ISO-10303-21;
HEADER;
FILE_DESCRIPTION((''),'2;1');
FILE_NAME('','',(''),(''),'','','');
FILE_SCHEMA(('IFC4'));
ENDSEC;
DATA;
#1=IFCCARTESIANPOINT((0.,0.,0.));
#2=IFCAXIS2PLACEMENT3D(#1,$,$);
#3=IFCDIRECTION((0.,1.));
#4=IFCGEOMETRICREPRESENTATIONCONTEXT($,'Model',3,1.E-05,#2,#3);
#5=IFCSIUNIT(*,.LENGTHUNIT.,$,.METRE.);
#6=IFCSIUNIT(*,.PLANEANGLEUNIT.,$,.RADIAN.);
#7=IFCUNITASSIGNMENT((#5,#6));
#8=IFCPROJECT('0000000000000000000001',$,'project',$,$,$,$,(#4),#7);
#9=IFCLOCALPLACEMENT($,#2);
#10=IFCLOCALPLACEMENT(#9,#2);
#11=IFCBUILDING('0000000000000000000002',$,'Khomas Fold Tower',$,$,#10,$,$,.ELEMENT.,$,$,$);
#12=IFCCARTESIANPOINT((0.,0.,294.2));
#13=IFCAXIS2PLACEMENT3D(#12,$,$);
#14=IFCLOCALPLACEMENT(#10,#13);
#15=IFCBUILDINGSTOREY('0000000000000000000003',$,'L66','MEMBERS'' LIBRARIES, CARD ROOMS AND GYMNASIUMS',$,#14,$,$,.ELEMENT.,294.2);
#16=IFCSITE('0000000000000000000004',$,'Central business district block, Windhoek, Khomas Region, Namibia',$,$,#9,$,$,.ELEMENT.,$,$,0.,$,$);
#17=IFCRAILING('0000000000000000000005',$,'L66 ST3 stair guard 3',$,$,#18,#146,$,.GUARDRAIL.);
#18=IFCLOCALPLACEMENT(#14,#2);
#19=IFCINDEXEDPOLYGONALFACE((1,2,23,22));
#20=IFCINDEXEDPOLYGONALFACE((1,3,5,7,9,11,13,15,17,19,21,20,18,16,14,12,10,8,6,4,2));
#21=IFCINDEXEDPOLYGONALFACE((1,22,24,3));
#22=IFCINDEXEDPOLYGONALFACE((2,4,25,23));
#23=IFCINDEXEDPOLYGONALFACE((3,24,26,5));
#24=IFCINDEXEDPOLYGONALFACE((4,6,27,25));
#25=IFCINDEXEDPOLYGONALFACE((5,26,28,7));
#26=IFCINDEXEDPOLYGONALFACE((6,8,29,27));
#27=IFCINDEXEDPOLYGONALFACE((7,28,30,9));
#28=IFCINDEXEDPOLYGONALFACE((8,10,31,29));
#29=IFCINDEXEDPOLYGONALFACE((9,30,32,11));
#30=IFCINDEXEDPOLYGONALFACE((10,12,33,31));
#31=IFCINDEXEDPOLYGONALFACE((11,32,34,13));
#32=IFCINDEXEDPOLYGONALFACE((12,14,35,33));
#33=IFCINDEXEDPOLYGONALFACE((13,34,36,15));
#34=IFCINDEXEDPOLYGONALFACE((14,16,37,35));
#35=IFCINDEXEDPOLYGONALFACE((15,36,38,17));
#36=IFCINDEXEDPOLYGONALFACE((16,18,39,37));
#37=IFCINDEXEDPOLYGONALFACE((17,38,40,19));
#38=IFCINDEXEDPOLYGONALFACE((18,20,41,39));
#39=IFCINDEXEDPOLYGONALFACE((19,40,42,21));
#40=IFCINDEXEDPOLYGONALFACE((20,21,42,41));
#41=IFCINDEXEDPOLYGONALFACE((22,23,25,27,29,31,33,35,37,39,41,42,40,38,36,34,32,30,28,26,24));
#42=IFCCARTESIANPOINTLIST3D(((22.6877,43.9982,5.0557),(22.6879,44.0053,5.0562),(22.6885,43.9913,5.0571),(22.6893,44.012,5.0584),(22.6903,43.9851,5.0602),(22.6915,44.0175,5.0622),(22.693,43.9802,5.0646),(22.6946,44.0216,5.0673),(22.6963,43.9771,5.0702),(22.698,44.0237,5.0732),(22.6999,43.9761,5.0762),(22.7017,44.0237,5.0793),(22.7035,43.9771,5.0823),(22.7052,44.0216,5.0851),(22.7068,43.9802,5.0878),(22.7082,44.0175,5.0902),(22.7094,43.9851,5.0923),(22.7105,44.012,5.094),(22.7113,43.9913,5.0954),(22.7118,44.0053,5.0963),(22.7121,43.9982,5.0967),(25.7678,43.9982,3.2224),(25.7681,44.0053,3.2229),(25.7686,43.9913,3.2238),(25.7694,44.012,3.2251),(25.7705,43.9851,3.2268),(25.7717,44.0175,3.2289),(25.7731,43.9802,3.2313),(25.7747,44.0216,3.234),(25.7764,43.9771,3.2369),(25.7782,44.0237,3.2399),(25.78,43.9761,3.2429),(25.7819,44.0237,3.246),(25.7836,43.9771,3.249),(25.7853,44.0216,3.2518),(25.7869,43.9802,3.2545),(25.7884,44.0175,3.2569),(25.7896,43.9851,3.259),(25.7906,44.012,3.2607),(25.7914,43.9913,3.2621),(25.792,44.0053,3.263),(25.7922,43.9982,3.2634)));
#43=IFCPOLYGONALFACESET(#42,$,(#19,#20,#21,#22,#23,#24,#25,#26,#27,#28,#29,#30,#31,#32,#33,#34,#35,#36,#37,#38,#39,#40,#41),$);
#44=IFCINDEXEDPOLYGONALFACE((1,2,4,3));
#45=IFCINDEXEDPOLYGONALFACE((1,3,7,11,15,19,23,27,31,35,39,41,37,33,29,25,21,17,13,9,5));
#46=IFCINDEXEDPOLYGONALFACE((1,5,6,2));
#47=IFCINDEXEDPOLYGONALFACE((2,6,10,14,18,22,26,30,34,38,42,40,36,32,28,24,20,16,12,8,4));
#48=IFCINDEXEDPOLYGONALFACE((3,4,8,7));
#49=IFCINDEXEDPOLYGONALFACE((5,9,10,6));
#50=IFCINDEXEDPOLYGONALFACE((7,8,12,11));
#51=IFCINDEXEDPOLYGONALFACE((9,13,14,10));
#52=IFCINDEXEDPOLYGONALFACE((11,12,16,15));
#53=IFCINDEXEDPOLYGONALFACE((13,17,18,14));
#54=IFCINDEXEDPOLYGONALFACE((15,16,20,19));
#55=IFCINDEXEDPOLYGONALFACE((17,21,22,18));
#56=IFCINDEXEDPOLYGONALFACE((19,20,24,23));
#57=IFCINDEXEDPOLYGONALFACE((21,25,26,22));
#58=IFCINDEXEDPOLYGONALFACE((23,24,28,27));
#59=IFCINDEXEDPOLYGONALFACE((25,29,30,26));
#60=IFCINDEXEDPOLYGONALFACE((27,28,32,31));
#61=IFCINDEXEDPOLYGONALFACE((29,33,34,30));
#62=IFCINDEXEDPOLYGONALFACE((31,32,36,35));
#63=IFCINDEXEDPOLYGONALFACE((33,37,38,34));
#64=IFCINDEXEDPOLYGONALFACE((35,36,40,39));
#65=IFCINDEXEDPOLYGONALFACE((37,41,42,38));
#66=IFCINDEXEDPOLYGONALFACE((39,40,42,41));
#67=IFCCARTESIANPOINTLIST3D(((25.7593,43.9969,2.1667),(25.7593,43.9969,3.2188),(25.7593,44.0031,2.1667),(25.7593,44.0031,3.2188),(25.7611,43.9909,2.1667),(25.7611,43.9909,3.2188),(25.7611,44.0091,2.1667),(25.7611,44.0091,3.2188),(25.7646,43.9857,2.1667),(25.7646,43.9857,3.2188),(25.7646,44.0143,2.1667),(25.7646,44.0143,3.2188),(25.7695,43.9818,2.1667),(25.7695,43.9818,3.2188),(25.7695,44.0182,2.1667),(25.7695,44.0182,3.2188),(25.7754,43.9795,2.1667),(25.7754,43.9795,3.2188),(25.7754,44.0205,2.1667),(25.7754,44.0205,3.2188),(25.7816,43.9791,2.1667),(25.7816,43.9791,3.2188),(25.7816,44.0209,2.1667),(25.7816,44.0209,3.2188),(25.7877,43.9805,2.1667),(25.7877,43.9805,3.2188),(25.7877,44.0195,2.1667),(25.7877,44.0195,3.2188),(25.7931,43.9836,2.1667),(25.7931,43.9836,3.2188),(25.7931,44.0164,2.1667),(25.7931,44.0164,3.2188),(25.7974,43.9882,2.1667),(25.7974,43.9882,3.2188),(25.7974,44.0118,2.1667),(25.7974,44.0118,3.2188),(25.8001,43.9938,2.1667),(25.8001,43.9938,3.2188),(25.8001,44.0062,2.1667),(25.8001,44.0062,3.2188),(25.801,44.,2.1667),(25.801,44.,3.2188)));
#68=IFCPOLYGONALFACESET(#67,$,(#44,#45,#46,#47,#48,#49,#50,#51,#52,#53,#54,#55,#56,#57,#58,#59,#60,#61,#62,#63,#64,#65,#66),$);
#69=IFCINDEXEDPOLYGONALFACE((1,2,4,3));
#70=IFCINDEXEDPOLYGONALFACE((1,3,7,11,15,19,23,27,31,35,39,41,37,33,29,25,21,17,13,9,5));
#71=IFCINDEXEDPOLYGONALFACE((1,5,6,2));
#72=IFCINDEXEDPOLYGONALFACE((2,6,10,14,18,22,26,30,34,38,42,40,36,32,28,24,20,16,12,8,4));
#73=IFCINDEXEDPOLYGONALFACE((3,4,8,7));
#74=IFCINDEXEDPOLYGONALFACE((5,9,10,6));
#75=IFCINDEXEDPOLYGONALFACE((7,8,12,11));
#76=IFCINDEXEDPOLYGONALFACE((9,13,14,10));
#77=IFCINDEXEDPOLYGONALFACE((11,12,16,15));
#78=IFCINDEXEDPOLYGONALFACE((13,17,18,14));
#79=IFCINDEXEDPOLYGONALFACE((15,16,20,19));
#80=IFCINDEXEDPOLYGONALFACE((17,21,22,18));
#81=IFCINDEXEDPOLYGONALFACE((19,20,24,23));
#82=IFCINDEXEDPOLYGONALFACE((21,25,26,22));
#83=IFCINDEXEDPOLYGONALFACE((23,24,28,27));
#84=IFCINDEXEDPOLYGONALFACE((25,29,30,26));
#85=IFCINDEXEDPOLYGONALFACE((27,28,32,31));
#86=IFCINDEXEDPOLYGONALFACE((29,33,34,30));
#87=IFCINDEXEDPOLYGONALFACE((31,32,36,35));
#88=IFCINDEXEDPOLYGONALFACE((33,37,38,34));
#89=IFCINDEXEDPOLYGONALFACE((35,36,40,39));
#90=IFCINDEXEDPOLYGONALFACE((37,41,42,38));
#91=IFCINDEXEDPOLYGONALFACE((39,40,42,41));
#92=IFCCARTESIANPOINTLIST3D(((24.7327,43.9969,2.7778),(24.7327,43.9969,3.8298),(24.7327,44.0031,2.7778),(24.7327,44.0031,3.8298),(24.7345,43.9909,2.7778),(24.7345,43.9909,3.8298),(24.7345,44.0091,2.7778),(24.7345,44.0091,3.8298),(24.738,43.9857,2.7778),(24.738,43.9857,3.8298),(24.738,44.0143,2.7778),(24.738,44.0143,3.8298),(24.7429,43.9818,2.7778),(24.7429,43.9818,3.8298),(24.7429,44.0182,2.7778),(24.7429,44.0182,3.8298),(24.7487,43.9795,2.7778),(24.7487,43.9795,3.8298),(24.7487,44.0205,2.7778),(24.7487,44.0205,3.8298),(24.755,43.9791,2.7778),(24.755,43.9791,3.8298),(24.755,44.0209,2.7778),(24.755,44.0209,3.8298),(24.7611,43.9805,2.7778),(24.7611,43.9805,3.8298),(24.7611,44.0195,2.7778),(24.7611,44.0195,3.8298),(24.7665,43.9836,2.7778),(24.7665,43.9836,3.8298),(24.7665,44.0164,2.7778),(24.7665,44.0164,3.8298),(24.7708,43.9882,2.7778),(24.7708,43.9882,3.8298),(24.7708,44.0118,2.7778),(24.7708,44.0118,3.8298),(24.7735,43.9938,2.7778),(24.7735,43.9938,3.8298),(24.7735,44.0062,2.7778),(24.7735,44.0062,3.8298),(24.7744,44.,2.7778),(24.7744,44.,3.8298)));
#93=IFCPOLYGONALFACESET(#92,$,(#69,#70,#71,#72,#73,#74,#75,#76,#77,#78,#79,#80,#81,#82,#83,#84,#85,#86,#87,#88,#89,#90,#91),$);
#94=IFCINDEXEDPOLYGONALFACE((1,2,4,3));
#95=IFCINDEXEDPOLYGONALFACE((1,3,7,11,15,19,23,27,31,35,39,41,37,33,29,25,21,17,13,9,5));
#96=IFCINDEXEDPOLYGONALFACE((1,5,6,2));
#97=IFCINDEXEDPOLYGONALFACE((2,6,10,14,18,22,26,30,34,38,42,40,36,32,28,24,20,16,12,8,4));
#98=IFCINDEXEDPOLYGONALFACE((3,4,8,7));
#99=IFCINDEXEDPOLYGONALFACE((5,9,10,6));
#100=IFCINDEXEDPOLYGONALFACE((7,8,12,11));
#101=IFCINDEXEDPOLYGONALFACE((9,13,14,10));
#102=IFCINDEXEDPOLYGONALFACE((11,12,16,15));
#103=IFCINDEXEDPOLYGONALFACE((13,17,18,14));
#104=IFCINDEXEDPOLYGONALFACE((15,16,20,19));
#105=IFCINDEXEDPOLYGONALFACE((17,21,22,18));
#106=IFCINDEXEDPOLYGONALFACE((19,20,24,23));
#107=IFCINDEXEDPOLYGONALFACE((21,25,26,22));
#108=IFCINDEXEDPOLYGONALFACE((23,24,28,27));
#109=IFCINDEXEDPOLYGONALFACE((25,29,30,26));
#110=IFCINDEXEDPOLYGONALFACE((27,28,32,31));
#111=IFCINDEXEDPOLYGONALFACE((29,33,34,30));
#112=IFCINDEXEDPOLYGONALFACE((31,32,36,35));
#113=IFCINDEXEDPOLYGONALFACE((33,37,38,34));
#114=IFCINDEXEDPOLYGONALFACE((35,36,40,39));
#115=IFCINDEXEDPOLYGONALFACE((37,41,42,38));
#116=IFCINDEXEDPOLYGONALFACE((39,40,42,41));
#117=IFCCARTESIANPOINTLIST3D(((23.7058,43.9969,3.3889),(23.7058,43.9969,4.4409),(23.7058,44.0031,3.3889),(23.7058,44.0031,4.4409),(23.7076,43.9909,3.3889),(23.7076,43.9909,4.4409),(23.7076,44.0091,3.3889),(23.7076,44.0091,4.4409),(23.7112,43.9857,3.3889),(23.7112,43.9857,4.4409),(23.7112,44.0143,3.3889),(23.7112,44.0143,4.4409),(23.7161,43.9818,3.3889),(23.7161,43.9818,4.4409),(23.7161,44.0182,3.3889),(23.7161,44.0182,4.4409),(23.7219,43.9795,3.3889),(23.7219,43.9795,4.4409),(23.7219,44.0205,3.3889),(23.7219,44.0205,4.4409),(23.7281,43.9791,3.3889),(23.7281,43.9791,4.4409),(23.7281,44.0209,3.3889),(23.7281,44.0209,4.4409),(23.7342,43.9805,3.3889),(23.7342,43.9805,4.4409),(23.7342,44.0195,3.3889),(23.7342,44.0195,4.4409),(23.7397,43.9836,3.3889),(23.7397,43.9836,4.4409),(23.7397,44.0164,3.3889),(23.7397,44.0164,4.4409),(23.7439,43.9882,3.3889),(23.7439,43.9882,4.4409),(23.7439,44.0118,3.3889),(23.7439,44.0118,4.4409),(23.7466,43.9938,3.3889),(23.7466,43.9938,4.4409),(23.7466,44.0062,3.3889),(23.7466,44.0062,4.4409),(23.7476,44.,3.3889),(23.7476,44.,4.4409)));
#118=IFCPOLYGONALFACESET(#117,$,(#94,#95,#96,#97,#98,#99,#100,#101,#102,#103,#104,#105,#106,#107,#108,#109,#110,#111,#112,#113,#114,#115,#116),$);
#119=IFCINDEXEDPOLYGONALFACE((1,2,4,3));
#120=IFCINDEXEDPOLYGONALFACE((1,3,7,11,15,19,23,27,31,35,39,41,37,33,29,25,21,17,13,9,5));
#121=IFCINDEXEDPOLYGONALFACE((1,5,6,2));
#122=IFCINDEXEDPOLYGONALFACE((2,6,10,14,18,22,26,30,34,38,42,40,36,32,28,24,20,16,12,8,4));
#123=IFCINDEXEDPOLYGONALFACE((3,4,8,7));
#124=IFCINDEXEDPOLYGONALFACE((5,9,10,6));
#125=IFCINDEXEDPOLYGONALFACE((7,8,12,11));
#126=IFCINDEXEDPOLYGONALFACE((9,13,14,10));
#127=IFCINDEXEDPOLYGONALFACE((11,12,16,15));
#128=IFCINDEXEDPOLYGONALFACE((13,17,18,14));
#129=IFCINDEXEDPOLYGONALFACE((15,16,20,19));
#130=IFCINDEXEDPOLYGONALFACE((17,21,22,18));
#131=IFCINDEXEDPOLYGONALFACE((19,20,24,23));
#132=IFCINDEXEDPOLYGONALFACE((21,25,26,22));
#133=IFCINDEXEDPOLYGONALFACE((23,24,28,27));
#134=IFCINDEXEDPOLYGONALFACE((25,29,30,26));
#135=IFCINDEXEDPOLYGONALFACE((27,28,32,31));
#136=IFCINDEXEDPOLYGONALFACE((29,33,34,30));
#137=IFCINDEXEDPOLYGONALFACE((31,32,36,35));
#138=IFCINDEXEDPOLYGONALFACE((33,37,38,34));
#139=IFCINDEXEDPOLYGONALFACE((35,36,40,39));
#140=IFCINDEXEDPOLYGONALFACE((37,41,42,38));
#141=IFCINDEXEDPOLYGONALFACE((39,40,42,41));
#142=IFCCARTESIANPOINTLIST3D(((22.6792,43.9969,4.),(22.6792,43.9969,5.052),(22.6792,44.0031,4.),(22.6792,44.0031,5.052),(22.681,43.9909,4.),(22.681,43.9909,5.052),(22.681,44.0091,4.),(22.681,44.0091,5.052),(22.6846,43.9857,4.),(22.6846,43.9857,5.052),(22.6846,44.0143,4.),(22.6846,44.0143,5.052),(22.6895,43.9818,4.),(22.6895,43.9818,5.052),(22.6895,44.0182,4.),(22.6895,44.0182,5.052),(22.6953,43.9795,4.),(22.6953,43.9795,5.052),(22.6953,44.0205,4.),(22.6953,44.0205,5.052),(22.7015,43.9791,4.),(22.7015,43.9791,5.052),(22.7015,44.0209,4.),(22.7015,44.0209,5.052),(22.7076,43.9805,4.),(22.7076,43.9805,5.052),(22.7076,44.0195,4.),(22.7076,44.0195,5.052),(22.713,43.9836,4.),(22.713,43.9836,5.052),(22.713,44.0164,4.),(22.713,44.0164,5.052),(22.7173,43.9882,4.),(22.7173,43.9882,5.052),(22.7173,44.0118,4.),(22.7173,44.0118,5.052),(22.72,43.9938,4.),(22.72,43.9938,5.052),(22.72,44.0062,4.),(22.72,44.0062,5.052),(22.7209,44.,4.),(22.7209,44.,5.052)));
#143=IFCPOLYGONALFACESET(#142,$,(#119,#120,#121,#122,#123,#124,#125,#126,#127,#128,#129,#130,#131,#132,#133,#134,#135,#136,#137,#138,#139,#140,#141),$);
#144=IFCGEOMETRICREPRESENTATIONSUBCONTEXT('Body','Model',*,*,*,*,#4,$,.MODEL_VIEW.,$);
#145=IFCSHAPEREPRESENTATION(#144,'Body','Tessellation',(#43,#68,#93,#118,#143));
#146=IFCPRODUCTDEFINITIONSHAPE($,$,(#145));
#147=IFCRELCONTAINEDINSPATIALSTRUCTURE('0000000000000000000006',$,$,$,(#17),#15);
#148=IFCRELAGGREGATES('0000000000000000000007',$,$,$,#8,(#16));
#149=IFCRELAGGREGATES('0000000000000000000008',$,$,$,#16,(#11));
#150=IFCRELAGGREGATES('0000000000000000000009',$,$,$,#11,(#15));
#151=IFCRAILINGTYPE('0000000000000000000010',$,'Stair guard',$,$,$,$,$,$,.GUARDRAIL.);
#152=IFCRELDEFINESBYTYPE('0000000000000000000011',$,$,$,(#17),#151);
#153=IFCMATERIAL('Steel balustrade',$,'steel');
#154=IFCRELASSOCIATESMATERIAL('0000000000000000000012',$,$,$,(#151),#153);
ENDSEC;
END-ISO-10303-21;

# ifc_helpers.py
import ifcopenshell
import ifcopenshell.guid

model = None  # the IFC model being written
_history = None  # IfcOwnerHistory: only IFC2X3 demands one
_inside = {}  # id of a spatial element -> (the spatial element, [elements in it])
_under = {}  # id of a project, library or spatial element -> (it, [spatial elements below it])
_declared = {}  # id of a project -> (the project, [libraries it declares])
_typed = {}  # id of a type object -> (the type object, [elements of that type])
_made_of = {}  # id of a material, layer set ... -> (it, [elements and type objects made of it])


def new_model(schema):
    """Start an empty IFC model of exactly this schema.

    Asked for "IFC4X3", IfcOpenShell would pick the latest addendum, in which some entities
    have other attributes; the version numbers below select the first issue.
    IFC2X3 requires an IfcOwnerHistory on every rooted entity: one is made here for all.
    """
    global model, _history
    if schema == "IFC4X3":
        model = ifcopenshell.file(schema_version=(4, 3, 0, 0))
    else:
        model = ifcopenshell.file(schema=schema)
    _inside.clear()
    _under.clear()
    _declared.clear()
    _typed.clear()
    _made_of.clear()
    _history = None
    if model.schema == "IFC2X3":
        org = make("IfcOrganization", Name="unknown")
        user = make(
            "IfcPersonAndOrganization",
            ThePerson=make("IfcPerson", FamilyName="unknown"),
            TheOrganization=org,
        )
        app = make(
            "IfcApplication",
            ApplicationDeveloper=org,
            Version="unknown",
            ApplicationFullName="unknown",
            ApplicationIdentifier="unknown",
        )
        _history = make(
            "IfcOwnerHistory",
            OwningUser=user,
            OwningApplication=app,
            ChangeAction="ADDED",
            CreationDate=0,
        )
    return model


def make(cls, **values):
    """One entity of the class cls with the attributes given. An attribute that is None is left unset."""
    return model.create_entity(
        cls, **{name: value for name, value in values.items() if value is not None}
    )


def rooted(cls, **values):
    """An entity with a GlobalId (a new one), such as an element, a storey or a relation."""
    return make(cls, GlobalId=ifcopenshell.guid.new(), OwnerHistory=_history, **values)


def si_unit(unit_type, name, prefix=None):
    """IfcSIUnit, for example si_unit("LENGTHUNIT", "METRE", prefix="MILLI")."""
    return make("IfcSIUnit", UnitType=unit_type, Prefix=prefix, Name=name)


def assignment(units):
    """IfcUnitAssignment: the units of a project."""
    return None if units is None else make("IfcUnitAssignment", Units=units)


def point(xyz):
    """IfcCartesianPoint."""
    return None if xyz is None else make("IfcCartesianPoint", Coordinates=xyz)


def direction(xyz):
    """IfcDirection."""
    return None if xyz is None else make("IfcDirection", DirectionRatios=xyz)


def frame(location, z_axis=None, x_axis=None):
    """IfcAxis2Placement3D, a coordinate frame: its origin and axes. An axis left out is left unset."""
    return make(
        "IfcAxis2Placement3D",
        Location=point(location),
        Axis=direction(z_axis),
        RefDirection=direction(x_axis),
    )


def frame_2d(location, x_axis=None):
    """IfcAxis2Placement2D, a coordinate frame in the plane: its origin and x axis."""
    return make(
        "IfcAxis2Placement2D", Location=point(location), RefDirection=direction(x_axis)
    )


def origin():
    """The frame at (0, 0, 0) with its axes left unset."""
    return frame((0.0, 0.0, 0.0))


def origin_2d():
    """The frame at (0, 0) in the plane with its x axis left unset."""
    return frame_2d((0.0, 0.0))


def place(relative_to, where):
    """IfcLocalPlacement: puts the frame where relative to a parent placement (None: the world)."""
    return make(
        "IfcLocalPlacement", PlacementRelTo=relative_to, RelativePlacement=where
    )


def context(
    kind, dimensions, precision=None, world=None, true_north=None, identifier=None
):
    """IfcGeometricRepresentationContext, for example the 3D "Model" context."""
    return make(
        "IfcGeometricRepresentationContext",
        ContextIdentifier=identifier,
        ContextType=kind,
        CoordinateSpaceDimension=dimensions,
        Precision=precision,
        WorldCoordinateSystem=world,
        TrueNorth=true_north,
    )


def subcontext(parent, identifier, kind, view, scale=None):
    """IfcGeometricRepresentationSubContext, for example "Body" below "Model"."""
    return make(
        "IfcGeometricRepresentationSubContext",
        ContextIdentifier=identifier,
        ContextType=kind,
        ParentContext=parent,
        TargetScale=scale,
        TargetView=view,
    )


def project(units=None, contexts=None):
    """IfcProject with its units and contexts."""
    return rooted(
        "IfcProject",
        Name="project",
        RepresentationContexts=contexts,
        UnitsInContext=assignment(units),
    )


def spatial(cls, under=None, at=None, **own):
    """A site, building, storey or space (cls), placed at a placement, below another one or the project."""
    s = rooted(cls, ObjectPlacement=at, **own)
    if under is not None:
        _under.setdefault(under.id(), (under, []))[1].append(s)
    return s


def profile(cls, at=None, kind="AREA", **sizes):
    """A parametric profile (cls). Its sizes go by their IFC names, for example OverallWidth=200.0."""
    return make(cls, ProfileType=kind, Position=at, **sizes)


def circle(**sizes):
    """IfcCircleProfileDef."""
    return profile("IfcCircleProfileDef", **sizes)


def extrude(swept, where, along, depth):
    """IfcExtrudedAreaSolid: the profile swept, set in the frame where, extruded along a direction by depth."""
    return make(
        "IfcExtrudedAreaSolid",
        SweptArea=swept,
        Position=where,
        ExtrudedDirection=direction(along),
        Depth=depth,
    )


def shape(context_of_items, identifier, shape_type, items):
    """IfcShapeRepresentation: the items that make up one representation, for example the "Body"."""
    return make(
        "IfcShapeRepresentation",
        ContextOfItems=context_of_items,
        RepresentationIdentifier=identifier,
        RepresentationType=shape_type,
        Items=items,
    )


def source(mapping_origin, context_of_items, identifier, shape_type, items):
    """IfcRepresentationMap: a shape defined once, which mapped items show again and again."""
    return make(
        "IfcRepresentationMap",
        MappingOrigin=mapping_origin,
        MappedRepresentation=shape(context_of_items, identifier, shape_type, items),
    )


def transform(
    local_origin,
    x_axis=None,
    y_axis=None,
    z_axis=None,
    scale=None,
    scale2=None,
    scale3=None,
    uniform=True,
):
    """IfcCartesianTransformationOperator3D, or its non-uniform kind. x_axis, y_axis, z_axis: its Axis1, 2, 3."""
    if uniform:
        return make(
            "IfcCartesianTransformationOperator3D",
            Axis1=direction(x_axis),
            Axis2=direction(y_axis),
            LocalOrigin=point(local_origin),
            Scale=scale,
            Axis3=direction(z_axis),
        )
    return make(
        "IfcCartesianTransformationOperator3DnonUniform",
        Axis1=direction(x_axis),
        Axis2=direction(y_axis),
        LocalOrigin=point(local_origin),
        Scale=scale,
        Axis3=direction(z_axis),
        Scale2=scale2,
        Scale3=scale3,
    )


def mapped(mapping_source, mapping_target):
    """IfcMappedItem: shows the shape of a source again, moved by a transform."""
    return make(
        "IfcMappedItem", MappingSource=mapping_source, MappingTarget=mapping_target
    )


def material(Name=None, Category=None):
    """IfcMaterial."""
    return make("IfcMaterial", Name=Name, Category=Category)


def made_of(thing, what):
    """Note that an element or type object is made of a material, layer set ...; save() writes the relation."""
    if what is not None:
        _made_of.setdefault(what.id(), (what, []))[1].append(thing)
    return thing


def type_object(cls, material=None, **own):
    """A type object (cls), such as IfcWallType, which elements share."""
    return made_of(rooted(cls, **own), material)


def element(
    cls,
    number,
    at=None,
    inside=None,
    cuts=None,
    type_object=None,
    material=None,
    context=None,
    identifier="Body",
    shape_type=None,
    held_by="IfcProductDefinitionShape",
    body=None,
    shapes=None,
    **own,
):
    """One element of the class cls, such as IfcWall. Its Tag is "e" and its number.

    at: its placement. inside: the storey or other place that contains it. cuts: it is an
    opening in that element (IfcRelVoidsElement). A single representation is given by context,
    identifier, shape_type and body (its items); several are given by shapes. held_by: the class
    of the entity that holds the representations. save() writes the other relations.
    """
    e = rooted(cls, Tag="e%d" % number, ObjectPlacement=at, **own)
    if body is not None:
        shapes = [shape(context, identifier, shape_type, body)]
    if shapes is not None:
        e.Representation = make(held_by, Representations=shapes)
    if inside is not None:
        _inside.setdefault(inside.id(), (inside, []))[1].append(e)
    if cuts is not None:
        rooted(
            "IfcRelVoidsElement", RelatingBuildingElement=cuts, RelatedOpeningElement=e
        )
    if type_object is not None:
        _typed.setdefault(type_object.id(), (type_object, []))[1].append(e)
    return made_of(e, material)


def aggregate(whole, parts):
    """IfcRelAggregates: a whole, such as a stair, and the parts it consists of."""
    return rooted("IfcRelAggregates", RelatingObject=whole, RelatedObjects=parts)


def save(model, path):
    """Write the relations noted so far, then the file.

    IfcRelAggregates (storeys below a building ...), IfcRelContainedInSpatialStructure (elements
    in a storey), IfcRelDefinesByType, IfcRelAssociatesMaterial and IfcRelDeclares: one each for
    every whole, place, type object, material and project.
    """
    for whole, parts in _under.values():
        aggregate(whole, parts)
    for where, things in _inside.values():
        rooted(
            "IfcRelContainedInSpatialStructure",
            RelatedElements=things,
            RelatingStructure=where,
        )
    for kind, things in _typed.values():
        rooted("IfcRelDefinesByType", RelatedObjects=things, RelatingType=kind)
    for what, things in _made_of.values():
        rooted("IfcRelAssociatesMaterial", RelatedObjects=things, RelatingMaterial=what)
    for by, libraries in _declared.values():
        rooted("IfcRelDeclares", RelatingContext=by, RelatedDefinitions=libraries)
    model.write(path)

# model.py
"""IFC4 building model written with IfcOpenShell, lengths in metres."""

from ifc_helpers import new_model, si_unit, direction, frame, origin, origin_2d, place, context, subcontext, project, spatial, circle, extrude, source, transform, mapped, material, type_object, element, save


model = new_model("IFC4")

# Units and contexts
model_context = context("Model", 3, precision=1e-05, world=origin(), true_north=direction((0.0, 1.0)))
body_context = subcontext(model_context, "Body", "Model", "MODEL_VIEW")
ifc_project = project(units=[si_unit("LENGTHUNIT", "METRE"), si_unit("PLANEANGLEUNIT", "RADIAN")], contexts=[model_context])

# Site, building, storey
site_placement = place(None, origin())
site = spatial("IfcSite", under=ifc_project, at=site_placement, Name="Central business district block, Windhoek, Khomas Region, Namibia", CompositionType="ELEMENT", RefElevation=0.0)
building_placement = place(site_placement, origin())
building = spatial("IfcBuilding", under=site, at=building_placement, Name="Khomas Fold Tower", CompositionType="ELEMENT")
storey_placement = place(building_placement, frame((0.0, 0.0, 294.2)))
storey = spatial("IfcBuildingStorey", under=building, at=storey_placement, Name="L66", Description="MEMBERS' LIBRARIES, CARD ROOMS AND GYMNASIUMS", CompositionType="ELEMENT", Elevation=294.2)

# Railing
ifc_material_1 = material(Name="Steel balustrade", Category="steel")
railing_type_1 = type_object("IfcRailingType", Name="Stair guard", PredefinedType="GUARDRAIL", material=ifc_material_1)
shared_shape_1 = source(origin(), body_context, "Body", "SweptSolid", [
    extrude(circle(Radius=0.0239, at=origin_2d()), frame((0.0, 0.0, 1.0762), z_axis=(-0.859309, 0.0, 0.511458), x_axis=(0.0, -1.0, 0.0)), (0.0, 0.0, 1.0), 3.5845),
    extrude(circle(Radius=0.021, at=origin_2d()), origin(), (0.0, 0.0, 1.0), 1.052),
    extrude(circle(Radius=0.021, at=origin_2d()), frame((-1.0266, 0.0, 0.6111)), (0.0, 0.0, 1.0), 1.052),
    extrude(circle(Radius=0.021, at=origin_2d()), frame((-2.0535, 0.0, 1.2222)), (0.0, 0.0, 1.0), 1.052),
    extrude(circle(Radius=0.021, at=origin_2d()), frame((-3.0801, 0.0, 1.8333)), (0.0, 0.0, 1.0), 1.052),
])
railing_1_placement = place(storey_placement, frame((25.78, 44.0, 2.1667)))
element("IfcRailing", 1, at=railing_1_placement, inside=storey, type_object=railing_type_1, Name="L66 ST3 stair guard 3", PredefinedType="GUARDRAIL", context=body_context, shape_type="MappedRepresentation", body=[
    mapped(shared_shape_1, transform((0.0, 0.0, 0.0))),
])

save(model, "model.ifc")
